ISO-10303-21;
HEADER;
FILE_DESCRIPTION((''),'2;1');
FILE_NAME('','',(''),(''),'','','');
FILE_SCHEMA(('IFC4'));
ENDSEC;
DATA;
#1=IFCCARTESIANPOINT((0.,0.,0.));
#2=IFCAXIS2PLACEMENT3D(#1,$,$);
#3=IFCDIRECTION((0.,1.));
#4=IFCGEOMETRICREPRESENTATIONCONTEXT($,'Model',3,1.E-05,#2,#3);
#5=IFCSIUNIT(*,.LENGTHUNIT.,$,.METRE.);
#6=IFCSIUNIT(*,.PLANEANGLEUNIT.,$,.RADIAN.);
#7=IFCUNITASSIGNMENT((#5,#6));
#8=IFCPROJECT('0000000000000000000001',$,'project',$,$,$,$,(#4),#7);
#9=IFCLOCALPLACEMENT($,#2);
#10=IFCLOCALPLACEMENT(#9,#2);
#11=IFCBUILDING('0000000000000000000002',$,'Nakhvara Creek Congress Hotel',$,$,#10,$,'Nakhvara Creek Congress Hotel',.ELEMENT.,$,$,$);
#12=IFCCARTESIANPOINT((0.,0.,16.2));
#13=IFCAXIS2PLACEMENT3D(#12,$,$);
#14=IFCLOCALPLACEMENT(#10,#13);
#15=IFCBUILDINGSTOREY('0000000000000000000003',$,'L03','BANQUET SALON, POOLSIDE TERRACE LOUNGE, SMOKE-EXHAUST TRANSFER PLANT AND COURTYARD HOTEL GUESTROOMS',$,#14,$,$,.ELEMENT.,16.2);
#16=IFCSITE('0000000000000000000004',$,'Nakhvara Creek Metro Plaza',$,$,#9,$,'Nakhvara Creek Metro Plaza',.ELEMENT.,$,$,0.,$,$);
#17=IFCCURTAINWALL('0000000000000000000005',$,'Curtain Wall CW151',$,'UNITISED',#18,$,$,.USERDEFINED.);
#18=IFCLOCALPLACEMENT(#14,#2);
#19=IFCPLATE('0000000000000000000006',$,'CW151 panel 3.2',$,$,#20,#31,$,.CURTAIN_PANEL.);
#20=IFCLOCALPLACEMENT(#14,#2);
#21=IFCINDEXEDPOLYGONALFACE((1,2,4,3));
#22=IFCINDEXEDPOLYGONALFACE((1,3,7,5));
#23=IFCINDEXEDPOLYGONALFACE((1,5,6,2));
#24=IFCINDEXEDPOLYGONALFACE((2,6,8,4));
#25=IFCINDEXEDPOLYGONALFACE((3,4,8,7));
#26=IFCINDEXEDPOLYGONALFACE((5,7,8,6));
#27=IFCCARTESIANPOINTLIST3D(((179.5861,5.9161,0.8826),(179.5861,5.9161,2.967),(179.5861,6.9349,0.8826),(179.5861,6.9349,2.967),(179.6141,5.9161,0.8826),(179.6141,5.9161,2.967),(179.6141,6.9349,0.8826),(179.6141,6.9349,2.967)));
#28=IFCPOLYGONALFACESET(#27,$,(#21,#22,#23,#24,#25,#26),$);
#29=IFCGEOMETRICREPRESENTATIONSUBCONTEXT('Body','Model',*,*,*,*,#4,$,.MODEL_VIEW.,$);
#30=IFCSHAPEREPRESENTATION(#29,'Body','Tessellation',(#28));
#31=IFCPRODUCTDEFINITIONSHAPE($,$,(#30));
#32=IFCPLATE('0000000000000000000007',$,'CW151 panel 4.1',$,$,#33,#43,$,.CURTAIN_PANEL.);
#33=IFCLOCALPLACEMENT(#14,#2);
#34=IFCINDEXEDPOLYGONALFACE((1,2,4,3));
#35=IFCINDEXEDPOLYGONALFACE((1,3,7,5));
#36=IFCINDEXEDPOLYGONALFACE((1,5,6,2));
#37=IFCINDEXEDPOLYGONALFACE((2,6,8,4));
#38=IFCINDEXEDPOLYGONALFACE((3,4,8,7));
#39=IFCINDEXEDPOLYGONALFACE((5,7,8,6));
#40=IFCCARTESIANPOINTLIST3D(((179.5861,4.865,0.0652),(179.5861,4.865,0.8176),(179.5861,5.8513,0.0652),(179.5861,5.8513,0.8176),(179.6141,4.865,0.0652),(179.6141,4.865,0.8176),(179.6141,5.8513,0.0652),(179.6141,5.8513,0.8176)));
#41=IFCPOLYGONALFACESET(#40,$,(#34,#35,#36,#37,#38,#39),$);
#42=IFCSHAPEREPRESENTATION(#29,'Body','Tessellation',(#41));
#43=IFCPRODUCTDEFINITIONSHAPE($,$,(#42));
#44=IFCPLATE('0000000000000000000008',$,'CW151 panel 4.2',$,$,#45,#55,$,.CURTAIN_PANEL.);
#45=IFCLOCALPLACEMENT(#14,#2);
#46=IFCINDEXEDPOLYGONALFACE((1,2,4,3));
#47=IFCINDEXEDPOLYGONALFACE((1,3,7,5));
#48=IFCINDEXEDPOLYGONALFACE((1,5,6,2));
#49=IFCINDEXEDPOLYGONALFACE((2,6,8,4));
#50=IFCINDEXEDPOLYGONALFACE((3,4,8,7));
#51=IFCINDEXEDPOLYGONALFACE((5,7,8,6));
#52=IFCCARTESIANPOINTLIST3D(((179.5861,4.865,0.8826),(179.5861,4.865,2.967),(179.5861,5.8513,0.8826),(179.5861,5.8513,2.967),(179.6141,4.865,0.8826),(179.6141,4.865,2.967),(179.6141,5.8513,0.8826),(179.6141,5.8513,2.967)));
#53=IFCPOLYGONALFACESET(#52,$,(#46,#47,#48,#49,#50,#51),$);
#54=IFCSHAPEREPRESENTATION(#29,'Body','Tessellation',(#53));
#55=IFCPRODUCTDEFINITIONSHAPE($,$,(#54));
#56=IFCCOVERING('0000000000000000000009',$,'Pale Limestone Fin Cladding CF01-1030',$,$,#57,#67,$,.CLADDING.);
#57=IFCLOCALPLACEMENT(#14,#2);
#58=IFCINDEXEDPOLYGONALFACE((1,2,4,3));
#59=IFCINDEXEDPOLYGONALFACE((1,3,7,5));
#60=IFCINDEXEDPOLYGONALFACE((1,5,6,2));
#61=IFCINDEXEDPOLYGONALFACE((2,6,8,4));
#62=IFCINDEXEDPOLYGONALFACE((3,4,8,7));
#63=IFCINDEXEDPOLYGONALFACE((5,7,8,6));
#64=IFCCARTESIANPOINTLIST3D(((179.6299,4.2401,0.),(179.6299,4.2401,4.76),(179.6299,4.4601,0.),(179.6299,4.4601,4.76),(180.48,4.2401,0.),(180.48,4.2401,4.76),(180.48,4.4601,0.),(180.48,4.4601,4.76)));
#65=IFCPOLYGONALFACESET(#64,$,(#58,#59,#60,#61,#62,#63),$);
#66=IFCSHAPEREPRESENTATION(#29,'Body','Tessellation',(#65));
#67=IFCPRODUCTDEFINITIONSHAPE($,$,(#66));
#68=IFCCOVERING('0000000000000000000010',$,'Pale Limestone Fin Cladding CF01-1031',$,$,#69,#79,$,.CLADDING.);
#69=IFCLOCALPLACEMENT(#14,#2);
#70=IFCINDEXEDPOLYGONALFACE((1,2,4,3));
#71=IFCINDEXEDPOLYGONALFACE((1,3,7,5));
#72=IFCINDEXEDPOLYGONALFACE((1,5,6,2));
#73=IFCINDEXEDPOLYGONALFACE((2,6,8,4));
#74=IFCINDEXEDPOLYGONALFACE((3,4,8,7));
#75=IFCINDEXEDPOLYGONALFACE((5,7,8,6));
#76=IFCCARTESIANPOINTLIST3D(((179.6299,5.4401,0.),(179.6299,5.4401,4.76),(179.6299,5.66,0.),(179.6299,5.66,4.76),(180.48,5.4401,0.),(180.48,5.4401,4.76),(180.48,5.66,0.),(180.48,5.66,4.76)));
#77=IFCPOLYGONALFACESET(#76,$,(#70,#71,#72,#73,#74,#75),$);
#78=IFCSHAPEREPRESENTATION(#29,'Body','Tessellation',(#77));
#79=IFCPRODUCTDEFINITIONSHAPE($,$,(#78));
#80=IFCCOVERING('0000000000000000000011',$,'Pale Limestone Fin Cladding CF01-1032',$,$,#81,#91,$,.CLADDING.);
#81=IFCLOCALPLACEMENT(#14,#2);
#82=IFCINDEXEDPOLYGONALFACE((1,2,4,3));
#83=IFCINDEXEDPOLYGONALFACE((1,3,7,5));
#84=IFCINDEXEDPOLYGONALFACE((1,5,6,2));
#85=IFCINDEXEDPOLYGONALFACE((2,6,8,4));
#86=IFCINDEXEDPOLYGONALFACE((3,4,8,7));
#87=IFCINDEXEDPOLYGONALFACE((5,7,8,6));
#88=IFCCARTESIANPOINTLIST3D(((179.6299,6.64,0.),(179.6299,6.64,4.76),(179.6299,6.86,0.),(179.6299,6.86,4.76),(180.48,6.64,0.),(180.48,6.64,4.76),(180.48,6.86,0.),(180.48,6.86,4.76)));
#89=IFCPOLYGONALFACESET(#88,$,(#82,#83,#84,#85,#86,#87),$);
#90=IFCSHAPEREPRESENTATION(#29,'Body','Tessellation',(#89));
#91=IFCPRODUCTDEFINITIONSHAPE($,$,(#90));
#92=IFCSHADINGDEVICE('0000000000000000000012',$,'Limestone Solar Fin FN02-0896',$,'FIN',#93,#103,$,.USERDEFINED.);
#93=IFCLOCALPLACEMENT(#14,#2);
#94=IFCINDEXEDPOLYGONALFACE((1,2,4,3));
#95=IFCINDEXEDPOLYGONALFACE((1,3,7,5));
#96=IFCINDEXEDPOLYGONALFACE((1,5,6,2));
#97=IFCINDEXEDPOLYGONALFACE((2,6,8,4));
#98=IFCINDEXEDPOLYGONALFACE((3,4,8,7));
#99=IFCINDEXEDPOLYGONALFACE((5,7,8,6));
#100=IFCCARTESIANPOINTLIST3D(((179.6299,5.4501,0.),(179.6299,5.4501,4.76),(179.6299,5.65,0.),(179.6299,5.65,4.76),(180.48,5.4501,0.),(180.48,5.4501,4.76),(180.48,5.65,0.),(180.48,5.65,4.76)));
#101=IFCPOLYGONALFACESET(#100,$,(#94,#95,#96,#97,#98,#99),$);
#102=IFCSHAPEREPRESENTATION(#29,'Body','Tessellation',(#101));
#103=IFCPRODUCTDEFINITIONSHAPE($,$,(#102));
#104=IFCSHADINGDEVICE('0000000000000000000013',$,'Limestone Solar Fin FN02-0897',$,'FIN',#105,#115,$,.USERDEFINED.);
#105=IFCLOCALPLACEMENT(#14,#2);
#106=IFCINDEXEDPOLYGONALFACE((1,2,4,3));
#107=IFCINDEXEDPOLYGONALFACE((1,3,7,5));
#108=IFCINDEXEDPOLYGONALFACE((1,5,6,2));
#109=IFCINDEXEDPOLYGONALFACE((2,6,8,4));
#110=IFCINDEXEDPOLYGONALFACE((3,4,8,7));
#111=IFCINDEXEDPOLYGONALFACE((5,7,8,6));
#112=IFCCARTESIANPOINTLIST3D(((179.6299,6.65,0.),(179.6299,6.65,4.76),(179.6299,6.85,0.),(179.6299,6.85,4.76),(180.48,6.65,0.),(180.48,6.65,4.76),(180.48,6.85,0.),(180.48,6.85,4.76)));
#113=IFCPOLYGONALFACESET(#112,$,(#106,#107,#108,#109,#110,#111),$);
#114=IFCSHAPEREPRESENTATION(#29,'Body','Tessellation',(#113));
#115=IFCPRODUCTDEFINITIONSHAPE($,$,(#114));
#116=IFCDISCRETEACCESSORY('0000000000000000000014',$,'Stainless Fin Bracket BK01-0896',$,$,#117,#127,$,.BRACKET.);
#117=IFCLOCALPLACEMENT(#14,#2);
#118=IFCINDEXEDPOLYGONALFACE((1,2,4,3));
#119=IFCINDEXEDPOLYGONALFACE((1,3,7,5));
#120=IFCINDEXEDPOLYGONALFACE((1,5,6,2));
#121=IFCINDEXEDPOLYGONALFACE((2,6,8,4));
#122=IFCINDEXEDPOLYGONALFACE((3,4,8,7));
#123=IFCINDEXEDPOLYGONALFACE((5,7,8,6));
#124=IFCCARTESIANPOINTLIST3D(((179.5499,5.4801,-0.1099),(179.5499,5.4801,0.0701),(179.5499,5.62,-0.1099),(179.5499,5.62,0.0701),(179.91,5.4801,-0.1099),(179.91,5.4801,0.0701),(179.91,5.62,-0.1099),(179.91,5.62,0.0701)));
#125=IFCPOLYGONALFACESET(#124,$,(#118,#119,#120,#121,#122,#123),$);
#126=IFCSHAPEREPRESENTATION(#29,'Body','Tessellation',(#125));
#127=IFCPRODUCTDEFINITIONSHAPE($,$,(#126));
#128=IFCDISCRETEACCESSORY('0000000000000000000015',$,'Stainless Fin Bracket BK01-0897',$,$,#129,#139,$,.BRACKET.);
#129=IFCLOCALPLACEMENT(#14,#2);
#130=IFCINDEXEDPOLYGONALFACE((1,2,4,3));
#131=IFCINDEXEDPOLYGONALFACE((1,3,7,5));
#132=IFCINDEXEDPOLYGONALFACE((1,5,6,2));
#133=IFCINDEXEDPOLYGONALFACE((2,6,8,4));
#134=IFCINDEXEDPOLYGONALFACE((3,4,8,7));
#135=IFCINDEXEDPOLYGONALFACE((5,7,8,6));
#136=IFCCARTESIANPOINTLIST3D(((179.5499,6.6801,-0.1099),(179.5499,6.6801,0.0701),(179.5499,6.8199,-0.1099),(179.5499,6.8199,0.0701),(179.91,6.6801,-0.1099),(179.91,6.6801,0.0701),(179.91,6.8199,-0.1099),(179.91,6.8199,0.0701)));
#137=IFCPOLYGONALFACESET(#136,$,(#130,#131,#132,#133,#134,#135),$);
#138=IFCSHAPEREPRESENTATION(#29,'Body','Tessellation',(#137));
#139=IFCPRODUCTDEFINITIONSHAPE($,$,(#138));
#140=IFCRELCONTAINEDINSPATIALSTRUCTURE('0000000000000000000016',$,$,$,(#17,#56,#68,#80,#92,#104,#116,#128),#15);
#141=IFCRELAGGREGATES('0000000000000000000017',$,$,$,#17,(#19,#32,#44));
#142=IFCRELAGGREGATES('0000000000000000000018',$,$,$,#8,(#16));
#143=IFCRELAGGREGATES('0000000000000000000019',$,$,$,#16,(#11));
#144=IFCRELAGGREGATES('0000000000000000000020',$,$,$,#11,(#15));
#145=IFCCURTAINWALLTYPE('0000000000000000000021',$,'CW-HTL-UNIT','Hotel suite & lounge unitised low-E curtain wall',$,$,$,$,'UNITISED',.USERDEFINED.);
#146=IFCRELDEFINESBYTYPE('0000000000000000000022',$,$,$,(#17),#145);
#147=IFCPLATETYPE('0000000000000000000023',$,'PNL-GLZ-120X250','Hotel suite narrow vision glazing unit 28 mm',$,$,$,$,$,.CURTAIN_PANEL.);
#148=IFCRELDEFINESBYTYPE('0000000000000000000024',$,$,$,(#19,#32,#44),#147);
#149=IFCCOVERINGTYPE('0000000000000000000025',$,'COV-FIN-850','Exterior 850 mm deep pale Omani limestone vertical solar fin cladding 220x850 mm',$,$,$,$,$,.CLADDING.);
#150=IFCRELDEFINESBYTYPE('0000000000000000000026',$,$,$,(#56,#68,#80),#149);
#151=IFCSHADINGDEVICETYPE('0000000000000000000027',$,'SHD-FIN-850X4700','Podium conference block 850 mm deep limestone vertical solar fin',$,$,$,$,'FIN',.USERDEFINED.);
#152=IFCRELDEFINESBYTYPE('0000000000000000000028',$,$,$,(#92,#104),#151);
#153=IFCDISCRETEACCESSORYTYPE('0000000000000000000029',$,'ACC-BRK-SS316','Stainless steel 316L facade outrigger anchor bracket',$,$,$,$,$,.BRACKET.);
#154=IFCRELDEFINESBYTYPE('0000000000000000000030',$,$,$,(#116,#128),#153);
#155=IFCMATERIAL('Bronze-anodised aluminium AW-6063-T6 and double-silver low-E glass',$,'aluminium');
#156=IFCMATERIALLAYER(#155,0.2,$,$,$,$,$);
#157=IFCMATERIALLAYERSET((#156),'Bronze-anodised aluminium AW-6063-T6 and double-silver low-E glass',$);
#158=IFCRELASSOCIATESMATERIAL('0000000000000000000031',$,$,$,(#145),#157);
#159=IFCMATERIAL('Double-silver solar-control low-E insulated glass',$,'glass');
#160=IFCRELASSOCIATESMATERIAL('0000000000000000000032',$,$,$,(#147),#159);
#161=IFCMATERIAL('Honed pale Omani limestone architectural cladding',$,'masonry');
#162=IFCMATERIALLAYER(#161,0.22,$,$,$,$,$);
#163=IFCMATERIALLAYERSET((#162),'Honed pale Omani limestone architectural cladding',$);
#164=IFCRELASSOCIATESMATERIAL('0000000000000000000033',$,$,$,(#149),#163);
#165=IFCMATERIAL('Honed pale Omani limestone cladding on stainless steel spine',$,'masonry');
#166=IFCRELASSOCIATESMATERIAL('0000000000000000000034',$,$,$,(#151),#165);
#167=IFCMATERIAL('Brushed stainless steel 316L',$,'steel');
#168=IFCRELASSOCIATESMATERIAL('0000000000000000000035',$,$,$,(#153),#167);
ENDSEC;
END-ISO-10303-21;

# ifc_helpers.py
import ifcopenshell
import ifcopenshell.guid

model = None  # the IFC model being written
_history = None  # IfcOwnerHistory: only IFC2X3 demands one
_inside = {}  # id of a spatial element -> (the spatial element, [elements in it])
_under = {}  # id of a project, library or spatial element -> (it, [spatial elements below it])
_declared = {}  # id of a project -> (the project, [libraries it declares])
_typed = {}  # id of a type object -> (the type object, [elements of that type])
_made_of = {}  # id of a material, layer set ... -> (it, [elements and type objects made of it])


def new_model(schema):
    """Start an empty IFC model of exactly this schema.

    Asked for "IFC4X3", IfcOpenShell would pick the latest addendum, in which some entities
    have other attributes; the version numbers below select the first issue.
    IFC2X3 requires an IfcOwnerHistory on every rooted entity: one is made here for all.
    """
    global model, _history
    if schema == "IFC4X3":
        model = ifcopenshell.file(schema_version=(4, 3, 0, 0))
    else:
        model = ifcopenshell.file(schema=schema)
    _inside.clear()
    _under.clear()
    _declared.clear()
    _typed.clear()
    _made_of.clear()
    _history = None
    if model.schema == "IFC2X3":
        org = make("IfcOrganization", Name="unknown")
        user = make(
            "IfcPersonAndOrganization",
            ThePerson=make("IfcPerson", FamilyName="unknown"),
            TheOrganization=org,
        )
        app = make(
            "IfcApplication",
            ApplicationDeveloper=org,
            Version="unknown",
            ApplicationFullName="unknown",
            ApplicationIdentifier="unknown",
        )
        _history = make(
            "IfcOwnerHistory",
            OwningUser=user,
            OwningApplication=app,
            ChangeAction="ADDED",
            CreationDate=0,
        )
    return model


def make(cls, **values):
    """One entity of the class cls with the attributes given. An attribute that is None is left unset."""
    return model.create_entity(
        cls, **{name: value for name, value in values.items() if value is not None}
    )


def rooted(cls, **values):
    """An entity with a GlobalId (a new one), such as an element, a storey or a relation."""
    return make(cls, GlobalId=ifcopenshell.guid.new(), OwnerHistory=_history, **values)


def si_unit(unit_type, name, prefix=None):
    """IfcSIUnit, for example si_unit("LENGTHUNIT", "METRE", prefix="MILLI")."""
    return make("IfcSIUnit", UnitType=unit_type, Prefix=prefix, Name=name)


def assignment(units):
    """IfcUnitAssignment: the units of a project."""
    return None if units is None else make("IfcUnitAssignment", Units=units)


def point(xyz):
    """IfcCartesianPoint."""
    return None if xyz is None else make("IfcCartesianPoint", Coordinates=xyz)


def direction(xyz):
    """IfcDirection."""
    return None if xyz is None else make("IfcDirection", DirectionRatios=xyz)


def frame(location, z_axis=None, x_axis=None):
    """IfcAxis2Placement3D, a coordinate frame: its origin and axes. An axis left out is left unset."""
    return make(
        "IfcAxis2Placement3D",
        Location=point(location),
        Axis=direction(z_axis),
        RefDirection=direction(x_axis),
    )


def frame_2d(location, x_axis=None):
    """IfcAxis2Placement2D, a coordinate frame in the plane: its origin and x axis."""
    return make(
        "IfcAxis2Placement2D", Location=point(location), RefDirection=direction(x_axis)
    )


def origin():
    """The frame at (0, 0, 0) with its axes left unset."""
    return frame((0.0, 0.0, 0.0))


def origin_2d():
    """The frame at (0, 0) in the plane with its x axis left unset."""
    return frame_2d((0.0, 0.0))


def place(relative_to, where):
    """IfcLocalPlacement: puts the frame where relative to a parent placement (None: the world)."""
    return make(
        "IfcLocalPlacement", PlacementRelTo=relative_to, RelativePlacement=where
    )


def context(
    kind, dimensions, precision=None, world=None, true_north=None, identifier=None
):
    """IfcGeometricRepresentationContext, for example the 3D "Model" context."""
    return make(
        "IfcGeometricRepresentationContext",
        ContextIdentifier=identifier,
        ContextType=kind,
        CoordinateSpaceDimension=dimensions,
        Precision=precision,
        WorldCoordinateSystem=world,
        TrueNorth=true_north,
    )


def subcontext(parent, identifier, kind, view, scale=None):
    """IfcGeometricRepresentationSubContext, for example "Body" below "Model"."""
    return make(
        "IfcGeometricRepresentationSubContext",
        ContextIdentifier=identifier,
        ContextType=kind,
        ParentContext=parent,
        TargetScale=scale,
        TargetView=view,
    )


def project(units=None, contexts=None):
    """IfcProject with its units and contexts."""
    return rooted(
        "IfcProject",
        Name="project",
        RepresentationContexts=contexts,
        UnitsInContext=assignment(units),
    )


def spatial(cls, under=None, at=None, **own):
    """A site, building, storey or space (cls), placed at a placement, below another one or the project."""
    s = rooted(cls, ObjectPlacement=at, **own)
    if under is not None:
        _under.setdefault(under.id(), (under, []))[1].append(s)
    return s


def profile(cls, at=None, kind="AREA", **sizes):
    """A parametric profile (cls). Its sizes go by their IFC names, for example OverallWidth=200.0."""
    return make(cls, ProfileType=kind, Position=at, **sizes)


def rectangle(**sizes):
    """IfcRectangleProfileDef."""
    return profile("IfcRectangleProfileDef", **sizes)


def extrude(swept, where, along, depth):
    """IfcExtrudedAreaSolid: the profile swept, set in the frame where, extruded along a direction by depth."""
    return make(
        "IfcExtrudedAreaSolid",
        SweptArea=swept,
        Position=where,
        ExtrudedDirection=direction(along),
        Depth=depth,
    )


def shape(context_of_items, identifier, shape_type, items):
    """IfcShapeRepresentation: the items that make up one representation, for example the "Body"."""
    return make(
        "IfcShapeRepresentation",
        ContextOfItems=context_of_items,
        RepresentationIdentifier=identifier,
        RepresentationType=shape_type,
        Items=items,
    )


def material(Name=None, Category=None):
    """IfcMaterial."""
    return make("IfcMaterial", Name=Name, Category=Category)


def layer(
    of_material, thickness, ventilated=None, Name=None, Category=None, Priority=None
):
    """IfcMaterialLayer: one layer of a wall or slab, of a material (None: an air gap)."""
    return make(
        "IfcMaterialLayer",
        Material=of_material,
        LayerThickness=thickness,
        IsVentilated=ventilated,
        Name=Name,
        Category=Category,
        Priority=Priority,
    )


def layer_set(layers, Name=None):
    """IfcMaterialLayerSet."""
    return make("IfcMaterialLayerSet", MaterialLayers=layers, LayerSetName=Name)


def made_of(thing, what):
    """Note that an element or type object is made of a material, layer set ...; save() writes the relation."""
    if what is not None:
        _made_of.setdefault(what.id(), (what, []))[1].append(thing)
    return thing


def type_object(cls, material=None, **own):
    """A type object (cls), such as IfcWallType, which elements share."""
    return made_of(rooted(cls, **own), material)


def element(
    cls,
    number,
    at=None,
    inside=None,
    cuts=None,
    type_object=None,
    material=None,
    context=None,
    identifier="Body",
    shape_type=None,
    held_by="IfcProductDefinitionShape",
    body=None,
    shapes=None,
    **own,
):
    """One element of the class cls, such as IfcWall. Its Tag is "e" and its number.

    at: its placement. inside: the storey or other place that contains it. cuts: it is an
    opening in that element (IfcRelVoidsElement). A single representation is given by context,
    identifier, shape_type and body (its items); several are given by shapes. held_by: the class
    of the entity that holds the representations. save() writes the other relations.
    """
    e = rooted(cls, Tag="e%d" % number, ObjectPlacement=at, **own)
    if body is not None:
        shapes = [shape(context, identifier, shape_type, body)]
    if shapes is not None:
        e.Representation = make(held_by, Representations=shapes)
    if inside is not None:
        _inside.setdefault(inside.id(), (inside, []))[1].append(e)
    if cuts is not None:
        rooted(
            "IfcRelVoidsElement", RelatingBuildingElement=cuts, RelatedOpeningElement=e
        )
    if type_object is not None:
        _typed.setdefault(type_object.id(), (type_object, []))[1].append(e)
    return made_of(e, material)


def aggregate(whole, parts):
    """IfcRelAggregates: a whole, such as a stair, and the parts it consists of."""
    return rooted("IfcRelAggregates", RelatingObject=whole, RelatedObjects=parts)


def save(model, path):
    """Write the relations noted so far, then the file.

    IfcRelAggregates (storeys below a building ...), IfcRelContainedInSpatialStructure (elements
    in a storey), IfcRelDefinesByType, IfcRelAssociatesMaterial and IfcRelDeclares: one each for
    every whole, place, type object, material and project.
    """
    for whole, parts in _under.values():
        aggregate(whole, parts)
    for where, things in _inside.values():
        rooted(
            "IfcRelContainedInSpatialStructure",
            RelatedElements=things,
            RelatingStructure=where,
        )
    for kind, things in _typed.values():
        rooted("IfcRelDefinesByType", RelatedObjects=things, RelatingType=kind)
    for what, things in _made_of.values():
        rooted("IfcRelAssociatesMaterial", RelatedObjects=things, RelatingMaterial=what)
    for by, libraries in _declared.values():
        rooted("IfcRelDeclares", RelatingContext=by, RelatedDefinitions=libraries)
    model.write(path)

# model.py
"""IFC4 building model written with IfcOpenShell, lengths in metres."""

from ifc_helpers import new_model, si_unit, direction, frame, origin, origin_2d, place, context, subcontext, project, spatial, rectangle, extrude, material, layer, layer_set, type_object, element, aggregate, save


model = new_model("IFC4")

# Units and contexts
model_context = context("Model", 3, precision=1e-05, world=origin(), true_north=direction((0.0, 1.0)))
body_context = subcontext(model_context, "Body", "Model", "MODEL_VIEW")
ifc_project = project(units=[si_unit("LENGTHUNIT", "METRE"), si_unit("PLANEANGLEUNIT", "RADIAN")], contexts=[model_context])

# Site, building, storey
site_placement = place(None, origin())
site = spatial("IfcSite", under=ifc_project, at=site_placement, Name="Nakhvara Creek Metro Plaza", LongName="Nakhvara Creek Metro Plaza", CompositionType="ELEMENT", RefElevation=0.0)
building_placement = place(site_placement, origin())
building = spatial("IfcBuilding", under=site, at=building_placement, Name="Nakhvara Creek Congress Hotel", LongName="Nakhvara Creek Congress Hotel", CompositionType="ELEMENT")
storey_placement = place(building_placement, frame((0.0, 0.0, 16.2)))
storey = spatial("IfcBuildingStorey", under=building, at=storey_placement, Name="L03", Description="BANQUET SALON, POOLSIDE TERRACE LOUNGE, SMOKE-EXHAUST TRANSFER PLANT AND COURTYARD HOTEL GUESTROOMS", CompositionType="ELEMENT", Elevation=16.2)

# Shared definitions
ifc_material_1 = material(Name="Bronze-anodised aluminium AW-6063-T6 and double-silver low-E glass", Category="aluminium")
ifc_layer_1 = layer(ifc_material_1, 0.2)
ifc_layer_set_1 = layer_set([ifc_layer_1], Name="Bronze-anodised aluminium AW-6063-T6 and double-silver low-E glass")
curtain_wall_type = type_object("IfcCurtainWallType", Name="CW-HTL-UNIT", Description="Hotel suite & lounge unitised low-E curtain wall", ElementType="UNITISED", PredefinedType="USERDEFINED", material=ifc_layer_set_1)

# Curtain wall
curtain_wall_1_placement = place(storey_placement, origin())
curtain_wall_1 = element("IfcCurtainWall", 1, at=curtain_wall_1_placement, inside=storey, type_object=curtain_wall_type, Name="Curtain Wall CW151", ObjectType="UNITISED", PredefinedType="USERDEFINED")

# Plates
ifc_material_2 = material(Name="Double-silver solar-control low-E insulated glass", Category="glass")
plate_type = type_object("IfcPlateType", Name="PNL-GLZ-120X250", Description="Hotel suite narrow vision glazing unit 28 mm", PredefinedType="CURTAIN_PANEL", material=ifc_material_2)
plate_1_placement = place(storey_placement, frame((179.6001, 6.4255, 0.8826), z_axis=(0.0, 0.0, 1.0), x_axis=(0.0, -1.0, 0.0)))
plate_1 = element("IfcPlate", 2, at=plate_1_placement, type_object=plate_type, Name="CW151 panel 3.2", PredefinedType="CURTAIN_PANEL", context=body_context, shape_type="SweptSolid", body=[
    extrude(rectangle(XDim=1.0188, YDim=0.0281, at=origin_2d()), origin(), (0.0, 0.0, 1.0), 2.0845),
])
plate_2_placement = place(storey_placement, frame((179.6001, 5.3582, 0.0652), z_axis=(0.0, 0.0, 1.0), x_axis=(0.0, -1.0, 0.0)))
plate_2 = element("IfcPlate", 3, at=plate_2_placement, type_object=plate_type, Name="CW151 panel 4.1", PredefinedType="CURTAIN_PANEL", context=body_context, shape_type="SweptSolid", body=[
    extrude(rectangle(XDim=0.9863, YDim=0.0281, at=origin_2d()), origin(), (0.0, 0.0, 1.0), 0.7524),
])
plate_3_placement = place(storey_placement, frame((179.6001, 5.3582, 0.8826), z_axis=(0.0, 0.0, 1.0), x_axis=(0.0, -1.0, 0.0)))
plate_3 = element("IfcPlate", 4, at=plate_3_placement, type_object=plate_type, Name="CW151 panel 4.2", PredefinedType="CURTAIN_PANEL", context=body_context, shape_type="SweptSolid", body=[
    extrude(rectangle(XDim=0.9863, YDim=0.0281, at=origin_2d()), origin(), (0.0, 0.0, 1.0), 2.0845),
])
aggregate(curtain_wall_1, [plate_1, plate_2, plate_3])

# Coverings
ifc_material_3 = material(Name="Honed pale Omani limestone architectural cladding", Category="masonry")
ifc_layer_2 = layer(ifc_material_3, 0.22)
ifc_layer_set_2 = layer_set([ifc_layer_2], Name="Honed pale Omani limestone architectural cladding")
covering_type = type_object("IfcCoveringType", Name="COV-FIN-850", Description="Exterior 850 mm deep pale Omani limestone vertical solar fin cladding 220x850 mm", PredefinedType="CLADDING", material=ifc_layer_set_2)
for number, where, z_axis, x_axis, name in (
    (5, (180.0549, 4.3501, 0.0), (0.0, 0.0, 1.0), (0.0, 1.0, 0.0), "Pale Limestone Fin Cladding CF01-1030"),
    (6, (180.0549, 5.55, 0.0), (0.0, 0.0, 1.0), (0.0, 1.0, 0.0), "Pale Limestone Fin Cladding CF01-1031"),
    (7, (180.0549, 6.75, 0.0), (0.0, 0.0, 1.0), (0.0, 1.0, 0.0), "Pale Limestone Fin Cladding CF01-1032"),
):
    element("IfcCovering", number, at=place(storey_placement, frame(where, z_axis=z_axis, x_axis=x_axis)), inside=storey, type_object=covering_type, Name=name, PredefinedType="CLADDING", context=body_context, shape_type="SweptSolid", body=[
        extrude(rectangle(XDim=0.22, YDim=0.8501, at=origin_2d()), origin(), (0.0, 0.0, 1.0), 4.76),
    ])

# Shading devices
ifc_material_4 = material(Name="Honed pale Omani limestone cladding on stainless steel spine", Category="masonry")
shading_device_type = type_object("IfcShadingDeviceType", Name="SHD-FIN-850X4700", Description="Podium conference block 850 mm deep limestone vertical solar fin", ElementType="FIN", PredefinedType="USERDEFINED", material=ifc_material_4)
for number, where, z_axis, x_axis, name in (
    (8, (180.0549, 5.55, 0.0), (0.0, 0.0, 1.0), (0.0, 1.0, 0.0), "Limestone Solar Fin FN02-0896"),
    (9, (180.0549, 6.75, 0.0), (0.0, 0.0, 1.0), (0.0, 1.0, 0.0), "Limestone Solar Fin FN02-0897"),
):
    element("IfcShadingDevice", number, at=place(storey_placement, frame(where, z_axis=z_axis, x_axis=x_axis)), inside=storey, type_object=shading_device_type, Name=name, ObjectType="FIN", PredefinedType="USERDEFINED", context=body_context, shape_type="SweptSolid", body=[
        extrude(rectangle(XDim=0.2, YDim=0.8501, at=origin_2d()), origin(), (0.0, 0.0, 1.0), 4.76),
    ])

# Discrete accessories
ifc_material_5 = material(Name="Brushed stainless steel 316L", Category="steel")
discrete_accessory_type = type_object("IfcDiscreteAccessoryType", Name="ACC-BRK-SS316", Description="Stainless steel 316L facade outrigger anchor bracket", PredefinedType="BRACKET", material=ifc_material_5)
for number, where, z_axis, x_axis, name in (
    (10, (179.73, 5.55, -0.1099), (0.0, 0.0, 1.0), (0.0, 1.0, 0.0), "Stainless Fin Bracket BK01-0896"),
    (11, (179.73, 6.75, -0.1099), (0.0, 0.0, 1.0), (0.0, 1.0, 0.0), "Stainless Fin Bracket BK01-0897"),
):
    element("IfcDiscreteAccessory", number, at=place(storey_placement, frame(where, z_axis=z_axis, x_axis=x_axis)), inside=storey, type_object=discrete_accessory_type, Name=name, PredefinedType="BRACKET", context=body_context, shape_type="SweptSolid", body=[
        extrude(rectangle(XDim=0.1399, YDim=0.3601, at=origin_2d()), origin(), (0.0, 0.0, 1.0), 0.1799),
    ])

save(model, "model.ifc")
